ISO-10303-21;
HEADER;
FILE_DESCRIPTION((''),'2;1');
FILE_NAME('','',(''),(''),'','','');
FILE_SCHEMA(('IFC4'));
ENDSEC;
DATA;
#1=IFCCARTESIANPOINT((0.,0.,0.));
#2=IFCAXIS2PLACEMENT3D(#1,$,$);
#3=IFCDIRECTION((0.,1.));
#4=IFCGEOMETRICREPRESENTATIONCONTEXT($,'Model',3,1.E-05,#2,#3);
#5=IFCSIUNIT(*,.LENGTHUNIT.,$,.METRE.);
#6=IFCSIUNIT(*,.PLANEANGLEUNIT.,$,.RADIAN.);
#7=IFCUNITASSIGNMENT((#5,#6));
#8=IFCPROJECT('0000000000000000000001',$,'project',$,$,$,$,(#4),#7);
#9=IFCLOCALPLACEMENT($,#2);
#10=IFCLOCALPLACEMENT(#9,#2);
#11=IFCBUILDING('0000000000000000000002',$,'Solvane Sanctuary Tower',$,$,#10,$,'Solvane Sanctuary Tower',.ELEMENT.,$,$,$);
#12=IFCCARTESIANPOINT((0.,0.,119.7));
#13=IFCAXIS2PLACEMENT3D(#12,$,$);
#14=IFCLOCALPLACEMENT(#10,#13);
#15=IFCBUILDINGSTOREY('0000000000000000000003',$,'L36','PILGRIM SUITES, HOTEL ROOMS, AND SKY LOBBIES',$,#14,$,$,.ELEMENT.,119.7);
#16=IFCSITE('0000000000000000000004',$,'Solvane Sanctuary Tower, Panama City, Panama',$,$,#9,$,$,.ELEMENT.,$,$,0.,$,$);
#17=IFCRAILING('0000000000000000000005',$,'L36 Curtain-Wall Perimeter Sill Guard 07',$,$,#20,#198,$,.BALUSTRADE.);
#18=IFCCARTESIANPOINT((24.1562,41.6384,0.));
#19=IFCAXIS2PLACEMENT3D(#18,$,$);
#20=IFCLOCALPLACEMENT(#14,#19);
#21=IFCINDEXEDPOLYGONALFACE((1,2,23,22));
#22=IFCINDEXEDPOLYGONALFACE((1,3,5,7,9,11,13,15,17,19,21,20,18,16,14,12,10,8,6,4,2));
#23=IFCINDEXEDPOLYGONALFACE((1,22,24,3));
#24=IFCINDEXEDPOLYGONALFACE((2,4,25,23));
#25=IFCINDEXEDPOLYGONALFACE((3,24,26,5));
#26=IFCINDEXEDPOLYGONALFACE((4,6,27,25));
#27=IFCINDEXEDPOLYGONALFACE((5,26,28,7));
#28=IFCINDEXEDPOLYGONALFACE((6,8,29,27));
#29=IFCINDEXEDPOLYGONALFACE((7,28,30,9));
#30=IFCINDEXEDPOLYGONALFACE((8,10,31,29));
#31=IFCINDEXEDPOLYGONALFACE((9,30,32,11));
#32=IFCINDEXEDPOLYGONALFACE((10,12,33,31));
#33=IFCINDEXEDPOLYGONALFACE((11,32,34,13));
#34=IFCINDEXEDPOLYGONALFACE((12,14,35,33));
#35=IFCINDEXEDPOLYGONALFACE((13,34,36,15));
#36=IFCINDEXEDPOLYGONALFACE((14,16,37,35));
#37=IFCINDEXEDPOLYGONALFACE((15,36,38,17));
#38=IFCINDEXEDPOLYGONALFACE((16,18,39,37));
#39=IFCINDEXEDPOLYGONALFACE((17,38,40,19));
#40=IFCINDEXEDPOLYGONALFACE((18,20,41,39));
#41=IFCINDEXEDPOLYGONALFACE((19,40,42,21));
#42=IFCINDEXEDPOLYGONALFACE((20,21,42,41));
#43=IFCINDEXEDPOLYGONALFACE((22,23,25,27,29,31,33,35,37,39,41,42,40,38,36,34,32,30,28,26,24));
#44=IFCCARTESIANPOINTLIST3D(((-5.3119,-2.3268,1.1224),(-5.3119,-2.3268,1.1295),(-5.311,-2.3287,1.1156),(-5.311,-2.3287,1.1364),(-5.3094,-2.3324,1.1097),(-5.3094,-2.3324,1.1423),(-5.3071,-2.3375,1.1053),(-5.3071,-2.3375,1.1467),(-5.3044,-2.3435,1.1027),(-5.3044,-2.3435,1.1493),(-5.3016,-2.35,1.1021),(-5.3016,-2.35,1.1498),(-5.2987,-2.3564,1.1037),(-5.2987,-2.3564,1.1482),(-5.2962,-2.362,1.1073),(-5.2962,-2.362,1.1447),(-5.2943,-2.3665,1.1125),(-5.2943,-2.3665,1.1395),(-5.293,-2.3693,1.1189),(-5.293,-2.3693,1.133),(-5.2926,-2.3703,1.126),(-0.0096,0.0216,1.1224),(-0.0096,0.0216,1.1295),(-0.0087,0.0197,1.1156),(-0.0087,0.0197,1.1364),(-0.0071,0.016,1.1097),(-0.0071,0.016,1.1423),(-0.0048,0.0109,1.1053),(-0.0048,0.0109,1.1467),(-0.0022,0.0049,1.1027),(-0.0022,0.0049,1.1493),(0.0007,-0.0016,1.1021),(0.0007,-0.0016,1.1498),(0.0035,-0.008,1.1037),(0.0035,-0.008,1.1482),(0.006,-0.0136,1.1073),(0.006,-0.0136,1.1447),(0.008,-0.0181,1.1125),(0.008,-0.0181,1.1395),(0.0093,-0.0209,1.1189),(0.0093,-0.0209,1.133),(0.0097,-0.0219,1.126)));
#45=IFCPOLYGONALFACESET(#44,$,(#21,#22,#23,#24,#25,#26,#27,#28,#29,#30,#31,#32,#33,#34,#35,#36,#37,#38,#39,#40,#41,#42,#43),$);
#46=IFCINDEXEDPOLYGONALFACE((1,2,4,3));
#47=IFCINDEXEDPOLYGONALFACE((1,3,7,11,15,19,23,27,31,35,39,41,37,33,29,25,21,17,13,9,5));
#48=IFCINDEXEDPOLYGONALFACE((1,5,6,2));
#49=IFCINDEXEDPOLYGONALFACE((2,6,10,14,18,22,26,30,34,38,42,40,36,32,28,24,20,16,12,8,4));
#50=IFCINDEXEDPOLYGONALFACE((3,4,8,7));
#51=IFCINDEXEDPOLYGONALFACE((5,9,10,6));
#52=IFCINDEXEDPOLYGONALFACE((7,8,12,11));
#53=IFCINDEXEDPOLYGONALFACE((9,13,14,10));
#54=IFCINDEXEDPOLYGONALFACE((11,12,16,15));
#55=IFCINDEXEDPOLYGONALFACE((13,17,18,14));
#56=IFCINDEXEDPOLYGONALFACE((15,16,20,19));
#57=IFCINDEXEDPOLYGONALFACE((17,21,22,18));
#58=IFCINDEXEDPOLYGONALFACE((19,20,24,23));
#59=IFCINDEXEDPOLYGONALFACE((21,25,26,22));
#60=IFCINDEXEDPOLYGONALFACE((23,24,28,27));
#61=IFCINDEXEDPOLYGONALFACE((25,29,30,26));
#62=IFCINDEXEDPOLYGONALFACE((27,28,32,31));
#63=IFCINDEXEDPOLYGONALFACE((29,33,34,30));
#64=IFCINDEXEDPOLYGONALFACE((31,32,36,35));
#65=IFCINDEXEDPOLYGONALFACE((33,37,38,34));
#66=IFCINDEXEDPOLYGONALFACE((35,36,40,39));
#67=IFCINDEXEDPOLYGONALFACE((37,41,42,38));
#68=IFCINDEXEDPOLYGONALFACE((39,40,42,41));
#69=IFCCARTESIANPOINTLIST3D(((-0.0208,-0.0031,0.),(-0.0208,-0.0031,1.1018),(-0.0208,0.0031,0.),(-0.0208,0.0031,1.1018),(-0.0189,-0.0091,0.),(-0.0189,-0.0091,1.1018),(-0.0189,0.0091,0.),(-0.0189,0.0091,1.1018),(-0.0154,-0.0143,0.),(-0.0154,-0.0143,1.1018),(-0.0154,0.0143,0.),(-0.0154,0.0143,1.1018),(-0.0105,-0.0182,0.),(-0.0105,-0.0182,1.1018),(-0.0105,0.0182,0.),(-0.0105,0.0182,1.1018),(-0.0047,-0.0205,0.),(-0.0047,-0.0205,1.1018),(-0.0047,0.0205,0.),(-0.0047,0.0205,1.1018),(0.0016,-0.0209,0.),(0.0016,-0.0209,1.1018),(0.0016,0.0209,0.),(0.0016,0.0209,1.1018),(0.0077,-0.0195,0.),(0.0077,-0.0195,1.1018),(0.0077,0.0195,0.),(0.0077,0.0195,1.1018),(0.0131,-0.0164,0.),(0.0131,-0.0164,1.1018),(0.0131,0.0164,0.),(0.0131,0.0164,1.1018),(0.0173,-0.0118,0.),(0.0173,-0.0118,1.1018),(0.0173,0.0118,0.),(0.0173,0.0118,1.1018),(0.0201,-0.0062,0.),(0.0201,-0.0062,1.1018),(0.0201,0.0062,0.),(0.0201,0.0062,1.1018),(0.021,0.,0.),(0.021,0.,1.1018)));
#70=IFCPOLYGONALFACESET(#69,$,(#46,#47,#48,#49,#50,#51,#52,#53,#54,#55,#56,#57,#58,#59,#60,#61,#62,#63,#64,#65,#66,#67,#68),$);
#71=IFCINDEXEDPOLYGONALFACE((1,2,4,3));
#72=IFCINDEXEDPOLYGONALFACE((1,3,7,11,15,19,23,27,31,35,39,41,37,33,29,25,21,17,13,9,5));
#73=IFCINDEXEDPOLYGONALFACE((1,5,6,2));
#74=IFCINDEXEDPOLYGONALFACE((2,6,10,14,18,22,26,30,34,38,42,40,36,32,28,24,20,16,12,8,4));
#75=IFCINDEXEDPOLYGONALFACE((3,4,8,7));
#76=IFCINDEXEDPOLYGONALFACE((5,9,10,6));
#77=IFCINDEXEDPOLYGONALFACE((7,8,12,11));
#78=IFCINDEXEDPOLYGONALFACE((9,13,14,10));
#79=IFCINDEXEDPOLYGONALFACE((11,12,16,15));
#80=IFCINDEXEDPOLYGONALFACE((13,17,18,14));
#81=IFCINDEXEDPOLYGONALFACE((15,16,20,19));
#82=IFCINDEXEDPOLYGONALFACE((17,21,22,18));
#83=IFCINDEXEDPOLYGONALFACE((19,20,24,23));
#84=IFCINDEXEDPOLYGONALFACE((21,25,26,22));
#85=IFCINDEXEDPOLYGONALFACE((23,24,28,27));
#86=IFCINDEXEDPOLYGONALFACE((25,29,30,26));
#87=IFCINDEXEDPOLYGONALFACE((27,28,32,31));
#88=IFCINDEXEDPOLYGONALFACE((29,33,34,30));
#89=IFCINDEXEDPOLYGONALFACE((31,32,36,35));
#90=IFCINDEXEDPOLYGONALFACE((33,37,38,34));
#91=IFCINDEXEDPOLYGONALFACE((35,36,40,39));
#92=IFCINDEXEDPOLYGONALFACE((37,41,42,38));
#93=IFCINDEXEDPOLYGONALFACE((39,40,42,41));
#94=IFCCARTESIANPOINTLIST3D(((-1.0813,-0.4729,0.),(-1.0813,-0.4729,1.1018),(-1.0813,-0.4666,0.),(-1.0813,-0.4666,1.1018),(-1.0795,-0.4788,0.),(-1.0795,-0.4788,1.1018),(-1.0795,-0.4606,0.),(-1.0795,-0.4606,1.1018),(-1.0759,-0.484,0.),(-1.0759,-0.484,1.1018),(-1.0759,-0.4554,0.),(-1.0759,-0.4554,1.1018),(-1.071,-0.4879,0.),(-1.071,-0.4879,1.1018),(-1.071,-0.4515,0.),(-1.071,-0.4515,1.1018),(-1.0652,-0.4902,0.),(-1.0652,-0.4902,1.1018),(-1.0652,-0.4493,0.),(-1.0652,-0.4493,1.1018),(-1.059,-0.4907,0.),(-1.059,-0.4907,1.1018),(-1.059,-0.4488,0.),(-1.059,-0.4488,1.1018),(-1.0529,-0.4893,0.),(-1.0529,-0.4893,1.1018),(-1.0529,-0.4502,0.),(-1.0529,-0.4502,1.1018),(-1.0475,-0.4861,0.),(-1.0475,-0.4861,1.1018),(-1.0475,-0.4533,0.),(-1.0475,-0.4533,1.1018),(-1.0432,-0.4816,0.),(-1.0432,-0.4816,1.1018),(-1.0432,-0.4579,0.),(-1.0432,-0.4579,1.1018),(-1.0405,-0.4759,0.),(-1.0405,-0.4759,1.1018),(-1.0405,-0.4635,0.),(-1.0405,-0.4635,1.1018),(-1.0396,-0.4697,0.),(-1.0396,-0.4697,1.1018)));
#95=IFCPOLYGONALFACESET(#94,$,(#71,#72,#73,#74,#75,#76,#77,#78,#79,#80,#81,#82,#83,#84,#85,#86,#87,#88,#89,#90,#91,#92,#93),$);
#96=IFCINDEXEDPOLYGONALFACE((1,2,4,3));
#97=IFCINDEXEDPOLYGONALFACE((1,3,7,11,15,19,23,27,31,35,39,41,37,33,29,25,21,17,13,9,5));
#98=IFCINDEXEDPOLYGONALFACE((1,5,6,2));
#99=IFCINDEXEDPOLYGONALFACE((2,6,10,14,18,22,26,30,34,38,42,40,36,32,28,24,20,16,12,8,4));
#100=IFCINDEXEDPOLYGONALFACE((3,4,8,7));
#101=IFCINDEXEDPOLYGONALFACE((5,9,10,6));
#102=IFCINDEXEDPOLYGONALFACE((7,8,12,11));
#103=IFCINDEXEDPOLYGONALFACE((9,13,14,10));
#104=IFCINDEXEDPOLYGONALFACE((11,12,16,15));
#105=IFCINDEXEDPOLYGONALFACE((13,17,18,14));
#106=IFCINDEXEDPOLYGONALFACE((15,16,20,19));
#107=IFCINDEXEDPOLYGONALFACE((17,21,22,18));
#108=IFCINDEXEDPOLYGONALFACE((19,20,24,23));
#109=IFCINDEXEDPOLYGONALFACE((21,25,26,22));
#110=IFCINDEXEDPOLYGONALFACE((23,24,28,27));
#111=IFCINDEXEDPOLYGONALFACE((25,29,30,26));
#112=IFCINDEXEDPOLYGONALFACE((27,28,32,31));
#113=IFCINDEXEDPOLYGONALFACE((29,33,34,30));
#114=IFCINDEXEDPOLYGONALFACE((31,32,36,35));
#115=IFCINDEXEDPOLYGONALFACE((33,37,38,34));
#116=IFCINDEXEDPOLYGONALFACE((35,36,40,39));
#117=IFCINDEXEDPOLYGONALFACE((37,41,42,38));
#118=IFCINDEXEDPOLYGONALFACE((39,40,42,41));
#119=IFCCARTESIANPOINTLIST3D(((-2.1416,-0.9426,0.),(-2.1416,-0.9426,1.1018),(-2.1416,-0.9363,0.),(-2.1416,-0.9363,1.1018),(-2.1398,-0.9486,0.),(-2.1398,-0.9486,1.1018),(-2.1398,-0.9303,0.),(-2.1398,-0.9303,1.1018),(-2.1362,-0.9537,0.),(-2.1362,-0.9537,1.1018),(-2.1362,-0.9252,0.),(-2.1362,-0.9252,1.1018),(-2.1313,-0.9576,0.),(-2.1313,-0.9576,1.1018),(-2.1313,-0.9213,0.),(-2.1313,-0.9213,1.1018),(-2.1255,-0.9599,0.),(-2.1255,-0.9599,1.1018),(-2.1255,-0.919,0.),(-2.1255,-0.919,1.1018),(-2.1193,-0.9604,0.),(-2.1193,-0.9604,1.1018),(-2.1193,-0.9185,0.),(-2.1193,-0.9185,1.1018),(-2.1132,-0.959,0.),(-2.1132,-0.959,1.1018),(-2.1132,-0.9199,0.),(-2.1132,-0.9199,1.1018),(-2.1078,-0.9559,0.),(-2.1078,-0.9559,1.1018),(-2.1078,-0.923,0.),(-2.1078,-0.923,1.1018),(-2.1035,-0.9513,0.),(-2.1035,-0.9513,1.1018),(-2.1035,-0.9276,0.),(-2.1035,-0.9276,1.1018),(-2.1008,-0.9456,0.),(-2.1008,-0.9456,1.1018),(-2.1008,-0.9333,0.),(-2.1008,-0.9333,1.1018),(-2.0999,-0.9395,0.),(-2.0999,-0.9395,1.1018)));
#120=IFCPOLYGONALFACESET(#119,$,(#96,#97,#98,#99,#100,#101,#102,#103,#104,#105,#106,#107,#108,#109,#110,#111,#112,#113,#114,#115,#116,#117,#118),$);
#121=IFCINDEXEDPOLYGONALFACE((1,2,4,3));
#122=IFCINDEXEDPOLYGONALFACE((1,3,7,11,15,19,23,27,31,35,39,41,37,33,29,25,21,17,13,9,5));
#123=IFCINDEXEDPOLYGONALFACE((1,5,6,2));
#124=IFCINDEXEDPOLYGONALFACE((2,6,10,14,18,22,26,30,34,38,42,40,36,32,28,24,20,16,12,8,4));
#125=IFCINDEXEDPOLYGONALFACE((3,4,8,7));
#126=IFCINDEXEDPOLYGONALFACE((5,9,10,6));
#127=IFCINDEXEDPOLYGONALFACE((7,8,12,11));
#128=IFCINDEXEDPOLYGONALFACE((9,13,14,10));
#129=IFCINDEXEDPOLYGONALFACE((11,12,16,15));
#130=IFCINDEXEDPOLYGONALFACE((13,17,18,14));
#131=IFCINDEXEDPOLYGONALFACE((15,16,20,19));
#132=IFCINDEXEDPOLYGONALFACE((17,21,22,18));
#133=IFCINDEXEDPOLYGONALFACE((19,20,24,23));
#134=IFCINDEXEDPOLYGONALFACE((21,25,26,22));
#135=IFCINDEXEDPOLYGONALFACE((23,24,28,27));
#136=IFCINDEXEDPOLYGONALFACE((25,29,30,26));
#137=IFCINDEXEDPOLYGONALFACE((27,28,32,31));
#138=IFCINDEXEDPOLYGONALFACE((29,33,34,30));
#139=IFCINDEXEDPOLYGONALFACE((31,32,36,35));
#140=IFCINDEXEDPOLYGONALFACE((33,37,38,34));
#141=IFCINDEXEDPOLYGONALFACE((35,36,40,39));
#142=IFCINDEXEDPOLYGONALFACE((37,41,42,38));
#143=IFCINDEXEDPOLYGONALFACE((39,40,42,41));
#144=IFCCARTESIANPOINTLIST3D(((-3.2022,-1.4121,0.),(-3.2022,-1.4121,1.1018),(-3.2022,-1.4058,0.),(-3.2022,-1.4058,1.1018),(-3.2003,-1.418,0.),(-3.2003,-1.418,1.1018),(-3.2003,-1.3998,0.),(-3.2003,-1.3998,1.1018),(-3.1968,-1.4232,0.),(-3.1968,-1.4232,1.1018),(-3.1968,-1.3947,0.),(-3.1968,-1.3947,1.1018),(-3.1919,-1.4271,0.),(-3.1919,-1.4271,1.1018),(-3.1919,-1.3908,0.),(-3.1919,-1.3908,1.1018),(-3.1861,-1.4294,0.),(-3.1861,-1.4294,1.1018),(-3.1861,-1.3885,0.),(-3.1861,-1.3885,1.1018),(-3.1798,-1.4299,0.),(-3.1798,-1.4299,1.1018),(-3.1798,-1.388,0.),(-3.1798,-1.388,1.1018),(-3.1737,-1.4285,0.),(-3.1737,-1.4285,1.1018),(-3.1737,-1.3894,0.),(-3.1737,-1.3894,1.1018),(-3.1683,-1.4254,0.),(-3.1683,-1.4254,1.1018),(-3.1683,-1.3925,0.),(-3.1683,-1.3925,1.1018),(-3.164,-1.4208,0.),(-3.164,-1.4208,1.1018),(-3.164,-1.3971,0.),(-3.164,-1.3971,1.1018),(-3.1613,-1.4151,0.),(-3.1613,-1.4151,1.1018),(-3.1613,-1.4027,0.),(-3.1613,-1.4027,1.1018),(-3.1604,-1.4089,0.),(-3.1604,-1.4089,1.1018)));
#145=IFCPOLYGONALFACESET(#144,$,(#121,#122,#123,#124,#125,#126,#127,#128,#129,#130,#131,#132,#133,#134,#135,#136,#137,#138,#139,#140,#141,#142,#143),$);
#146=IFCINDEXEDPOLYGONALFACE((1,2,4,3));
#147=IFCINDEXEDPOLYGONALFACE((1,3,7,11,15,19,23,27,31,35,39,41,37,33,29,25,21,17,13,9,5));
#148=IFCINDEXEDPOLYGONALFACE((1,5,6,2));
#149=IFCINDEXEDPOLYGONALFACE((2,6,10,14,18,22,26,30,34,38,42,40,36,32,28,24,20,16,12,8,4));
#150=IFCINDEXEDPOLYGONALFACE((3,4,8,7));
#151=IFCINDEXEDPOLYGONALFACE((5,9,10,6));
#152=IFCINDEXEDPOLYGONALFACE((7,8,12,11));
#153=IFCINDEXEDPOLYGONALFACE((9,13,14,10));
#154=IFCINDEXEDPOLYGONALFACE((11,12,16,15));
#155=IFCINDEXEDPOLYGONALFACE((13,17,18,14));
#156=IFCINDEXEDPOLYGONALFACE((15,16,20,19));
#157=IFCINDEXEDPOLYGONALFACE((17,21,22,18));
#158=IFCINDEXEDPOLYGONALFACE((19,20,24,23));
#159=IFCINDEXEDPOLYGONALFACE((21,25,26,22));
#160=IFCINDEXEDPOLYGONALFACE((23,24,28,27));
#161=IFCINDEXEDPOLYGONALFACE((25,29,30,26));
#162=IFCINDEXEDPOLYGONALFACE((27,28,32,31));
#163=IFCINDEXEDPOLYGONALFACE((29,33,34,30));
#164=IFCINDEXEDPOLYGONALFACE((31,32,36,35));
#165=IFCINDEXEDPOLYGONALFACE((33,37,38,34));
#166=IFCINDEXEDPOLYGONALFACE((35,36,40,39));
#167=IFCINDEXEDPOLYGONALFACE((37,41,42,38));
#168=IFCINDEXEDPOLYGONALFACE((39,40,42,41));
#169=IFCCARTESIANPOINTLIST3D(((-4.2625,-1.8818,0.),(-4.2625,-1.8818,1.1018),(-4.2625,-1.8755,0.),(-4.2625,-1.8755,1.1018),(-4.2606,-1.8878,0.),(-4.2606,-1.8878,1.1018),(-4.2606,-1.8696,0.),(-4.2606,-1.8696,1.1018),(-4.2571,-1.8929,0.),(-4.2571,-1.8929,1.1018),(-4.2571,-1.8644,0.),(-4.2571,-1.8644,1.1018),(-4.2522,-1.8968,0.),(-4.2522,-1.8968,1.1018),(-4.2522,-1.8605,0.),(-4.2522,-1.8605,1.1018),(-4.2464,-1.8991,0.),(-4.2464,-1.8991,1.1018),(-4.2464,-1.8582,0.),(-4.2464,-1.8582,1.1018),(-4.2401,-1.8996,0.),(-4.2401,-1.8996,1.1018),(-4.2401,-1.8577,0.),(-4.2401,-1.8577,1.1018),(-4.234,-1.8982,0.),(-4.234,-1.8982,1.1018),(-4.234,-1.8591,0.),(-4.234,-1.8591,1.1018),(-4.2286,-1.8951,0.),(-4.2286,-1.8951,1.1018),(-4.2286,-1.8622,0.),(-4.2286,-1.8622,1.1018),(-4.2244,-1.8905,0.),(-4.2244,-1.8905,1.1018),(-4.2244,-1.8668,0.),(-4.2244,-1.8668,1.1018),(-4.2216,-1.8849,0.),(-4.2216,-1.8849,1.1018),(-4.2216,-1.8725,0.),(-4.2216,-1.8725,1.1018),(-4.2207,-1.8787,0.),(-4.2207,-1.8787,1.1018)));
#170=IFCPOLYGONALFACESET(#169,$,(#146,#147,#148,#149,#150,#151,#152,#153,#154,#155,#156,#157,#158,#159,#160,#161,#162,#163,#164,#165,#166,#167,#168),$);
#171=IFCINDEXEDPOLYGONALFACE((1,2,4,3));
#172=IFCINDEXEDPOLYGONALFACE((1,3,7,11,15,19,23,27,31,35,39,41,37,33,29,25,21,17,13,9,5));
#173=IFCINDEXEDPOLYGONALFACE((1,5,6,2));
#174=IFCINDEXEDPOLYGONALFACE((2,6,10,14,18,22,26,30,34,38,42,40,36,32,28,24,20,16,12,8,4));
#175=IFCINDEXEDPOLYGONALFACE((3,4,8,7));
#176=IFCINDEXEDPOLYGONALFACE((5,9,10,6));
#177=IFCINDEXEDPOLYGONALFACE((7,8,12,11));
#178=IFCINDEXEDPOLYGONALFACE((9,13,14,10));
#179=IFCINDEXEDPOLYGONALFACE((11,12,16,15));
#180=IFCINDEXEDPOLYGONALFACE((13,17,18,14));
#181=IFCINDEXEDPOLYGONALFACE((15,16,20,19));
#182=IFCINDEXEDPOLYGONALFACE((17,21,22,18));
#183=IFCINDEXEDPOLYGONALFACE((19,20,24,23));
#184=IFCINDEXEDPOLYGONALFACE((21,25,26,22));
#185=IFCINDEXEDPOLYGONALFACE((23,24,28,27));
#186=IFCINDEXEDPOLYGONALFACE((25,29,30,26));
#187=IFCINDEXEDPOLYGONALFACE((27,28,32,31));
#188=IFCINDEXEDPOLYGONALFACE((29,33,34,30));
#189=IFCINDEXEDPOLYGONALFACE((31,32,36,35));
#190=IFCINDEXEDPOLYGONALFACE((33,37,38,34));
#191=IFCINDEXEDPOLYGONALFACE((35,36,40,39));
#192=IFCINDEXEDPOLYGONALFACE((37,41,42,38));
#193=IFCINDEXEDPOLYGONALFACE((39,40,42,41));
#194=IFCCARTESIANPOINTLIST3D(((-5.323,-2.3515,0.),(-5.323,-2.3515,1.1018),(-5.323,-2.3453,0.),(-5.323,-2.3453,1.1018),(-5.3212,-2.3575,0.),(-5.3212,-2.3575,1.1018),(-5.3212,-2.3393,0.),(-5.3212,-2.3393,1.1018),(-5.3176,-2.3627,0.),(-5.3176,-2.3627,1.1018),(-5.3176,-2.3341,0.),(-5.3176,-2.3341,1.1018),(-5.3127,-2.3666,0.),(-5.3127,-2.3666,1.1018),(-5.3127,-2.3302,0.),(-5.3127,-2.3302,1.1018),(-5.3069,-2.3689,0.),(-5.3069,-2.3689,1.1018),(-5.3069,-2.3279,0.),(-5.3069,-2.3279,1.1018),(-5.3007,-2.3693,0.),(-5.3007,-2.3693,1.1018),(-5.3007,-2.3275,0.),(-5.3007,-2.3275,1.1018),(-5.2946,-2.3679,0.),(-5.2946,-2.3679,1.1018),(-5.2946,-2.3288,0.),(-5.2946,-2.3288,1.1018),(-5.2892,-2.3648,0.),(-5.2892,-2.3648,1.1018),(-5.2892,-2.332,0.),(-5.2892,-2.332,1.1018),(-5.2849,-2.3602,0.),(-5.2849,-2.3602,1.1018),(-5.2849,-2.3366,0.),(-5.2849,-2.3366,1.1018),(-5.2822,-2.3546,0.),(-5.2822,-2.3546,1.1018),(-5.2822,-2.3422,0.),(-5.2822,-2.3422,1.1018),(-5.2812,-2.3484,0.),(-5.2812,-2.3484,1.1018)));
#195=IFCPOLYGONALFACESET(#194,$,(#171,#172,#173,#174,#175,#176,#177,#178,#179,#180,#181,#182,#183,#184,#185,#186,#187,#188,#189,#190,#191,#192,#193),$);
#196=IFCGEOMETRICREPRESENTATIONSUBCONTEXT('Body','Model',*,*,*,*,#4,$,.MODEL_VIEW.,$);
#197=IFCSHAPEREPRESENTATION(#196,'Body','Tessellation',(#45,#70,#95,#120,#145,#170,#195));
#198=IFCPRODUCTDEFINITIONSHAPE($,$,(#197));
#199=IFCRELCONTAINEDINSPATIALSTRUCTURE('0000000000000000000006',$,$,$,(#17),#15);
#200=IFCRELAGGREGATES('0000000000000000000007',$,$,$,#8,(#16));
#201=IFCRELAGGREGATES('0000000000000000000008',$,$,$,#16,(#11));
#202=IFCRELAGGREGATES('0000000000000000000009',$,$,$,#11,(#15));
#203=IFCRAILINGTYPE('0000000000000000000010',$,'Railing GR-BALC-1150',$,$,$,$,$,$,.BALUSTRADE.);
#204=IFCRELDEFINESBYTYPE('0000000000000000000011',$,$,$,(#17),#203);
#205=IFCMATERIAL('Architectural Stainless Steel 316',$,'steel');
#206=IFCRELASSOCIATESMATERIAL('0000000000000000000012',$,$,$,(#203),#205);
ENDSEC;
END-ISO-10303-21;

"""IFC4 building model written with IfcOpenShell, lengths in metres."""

from ifc_helpers import new_model, si_unit, direction, frame, origin, origin_2d, place, context, subcontext, project, spatial, circle, extrude, material, type_object, element, save


model = new_model("IFC4")

# Units and contexts
model_context = context("Model", 3, precision=1e-05, world=origin(), true_north=direction((0.0, 1.0)))
body_context = subcontext(model_context, "Body", "Model", "MODEL_VIEW")
ifc_project = project(units=[si_unit("LENGTHUNIT", "METRE"), si_unit("PLANEANGLEUNIT", "RADIAN")], contexts=[model_context])

# Site, building, storey
site_placement = place(None, origin())
site = spatial("IfcSite", under=ifc_project, at=site_placement, Name="Solvane Sanctuary Tower, Panama City, Panama", CompositionType="ELEMENT", RefElevation=0.0)
building_placement = place(site_placement, origin())
building = spatial("IfcBuilding", under=site, at=building_placement, Name="Solvane Sanctuary Tower", LongName="Solvane Sanctuary Tower", CompositionType="ELEMENT")
storey_placement = place(building_placement, frame((0.0, 0.0, 119.7)))
storey = spatial("IfcBuildingStorey", under=building, at=storey_placement, Name="L36", Description="PILGRIM SUITES, HOTEL ROOMS, AND SKY LOBBIES", CompositionType="ELEMENT", Elevation=119.7)

# Railing
ifc_material_1 = material(Name="Architectural Stainless Steel 316", Category="steel")
railing_type = type_object("IfcRailingType", Name="Railing GR-BALC-1150", PredefinedType="BALUSTRADE", material=ifc_material_1)
railing_placement = place(storey_placement, frame((24.1562, 41.6384, 0.0)))
element("IfcRailing", 1, at=railing_placement, inside=storey, type_object=railing_type, Name="L36 Curtain-Wall Perimeter Sill Guard 07", PredefinedType="BALUSTRADE", context=body_context, shape_type="SweptSolid", body=[
    extrude(circle(Radius=0.0239, at=origin_2d()), frame((0.0, 0.0, 1.126), z_axis=(-0.914333, -0.404962, 0.0), x_axis=(0.404962, -0.914333, 0.0)), (0.0, 0.0, 1.0), 5.7991),
    extrude(circle(Radius=0.021, at=origin_2d()), origin(), (0.0, 0.0, 1.0), 1.1018),
    extrude(circle(Radius=0.021, at=origin_2d()), frame((-1.0605, -0.4697, 0.0)), (0.0, 0.0, 1.0), 1.1018),
    extrude(circle(Radius=0.021, at=origin_2d()), frame((-2.1208, -0.9395, 0.0)), (0.0, 0.0, 1.0), 1.1018),
    extrude(circle(Radius=0.021, at=origin_2d()), frame((-3.1814, -1.4089, 0.0)), (0.0, 0.0, 1.0), 1.1018),
    extrude(circle(Radius=0.021, at=origin_2d()), frame((-4.2417, -1.8787, 0.0)), (0.0, 0.0, 1.0), 1.1018),
    extrude(circle(Radius=0.021, at=origin_2d()), frame((-5.3022, -2.3484, 0.0)), (0.0, 0.0, 1.0), 1.1018),
])

save(model, "model.ifc")
